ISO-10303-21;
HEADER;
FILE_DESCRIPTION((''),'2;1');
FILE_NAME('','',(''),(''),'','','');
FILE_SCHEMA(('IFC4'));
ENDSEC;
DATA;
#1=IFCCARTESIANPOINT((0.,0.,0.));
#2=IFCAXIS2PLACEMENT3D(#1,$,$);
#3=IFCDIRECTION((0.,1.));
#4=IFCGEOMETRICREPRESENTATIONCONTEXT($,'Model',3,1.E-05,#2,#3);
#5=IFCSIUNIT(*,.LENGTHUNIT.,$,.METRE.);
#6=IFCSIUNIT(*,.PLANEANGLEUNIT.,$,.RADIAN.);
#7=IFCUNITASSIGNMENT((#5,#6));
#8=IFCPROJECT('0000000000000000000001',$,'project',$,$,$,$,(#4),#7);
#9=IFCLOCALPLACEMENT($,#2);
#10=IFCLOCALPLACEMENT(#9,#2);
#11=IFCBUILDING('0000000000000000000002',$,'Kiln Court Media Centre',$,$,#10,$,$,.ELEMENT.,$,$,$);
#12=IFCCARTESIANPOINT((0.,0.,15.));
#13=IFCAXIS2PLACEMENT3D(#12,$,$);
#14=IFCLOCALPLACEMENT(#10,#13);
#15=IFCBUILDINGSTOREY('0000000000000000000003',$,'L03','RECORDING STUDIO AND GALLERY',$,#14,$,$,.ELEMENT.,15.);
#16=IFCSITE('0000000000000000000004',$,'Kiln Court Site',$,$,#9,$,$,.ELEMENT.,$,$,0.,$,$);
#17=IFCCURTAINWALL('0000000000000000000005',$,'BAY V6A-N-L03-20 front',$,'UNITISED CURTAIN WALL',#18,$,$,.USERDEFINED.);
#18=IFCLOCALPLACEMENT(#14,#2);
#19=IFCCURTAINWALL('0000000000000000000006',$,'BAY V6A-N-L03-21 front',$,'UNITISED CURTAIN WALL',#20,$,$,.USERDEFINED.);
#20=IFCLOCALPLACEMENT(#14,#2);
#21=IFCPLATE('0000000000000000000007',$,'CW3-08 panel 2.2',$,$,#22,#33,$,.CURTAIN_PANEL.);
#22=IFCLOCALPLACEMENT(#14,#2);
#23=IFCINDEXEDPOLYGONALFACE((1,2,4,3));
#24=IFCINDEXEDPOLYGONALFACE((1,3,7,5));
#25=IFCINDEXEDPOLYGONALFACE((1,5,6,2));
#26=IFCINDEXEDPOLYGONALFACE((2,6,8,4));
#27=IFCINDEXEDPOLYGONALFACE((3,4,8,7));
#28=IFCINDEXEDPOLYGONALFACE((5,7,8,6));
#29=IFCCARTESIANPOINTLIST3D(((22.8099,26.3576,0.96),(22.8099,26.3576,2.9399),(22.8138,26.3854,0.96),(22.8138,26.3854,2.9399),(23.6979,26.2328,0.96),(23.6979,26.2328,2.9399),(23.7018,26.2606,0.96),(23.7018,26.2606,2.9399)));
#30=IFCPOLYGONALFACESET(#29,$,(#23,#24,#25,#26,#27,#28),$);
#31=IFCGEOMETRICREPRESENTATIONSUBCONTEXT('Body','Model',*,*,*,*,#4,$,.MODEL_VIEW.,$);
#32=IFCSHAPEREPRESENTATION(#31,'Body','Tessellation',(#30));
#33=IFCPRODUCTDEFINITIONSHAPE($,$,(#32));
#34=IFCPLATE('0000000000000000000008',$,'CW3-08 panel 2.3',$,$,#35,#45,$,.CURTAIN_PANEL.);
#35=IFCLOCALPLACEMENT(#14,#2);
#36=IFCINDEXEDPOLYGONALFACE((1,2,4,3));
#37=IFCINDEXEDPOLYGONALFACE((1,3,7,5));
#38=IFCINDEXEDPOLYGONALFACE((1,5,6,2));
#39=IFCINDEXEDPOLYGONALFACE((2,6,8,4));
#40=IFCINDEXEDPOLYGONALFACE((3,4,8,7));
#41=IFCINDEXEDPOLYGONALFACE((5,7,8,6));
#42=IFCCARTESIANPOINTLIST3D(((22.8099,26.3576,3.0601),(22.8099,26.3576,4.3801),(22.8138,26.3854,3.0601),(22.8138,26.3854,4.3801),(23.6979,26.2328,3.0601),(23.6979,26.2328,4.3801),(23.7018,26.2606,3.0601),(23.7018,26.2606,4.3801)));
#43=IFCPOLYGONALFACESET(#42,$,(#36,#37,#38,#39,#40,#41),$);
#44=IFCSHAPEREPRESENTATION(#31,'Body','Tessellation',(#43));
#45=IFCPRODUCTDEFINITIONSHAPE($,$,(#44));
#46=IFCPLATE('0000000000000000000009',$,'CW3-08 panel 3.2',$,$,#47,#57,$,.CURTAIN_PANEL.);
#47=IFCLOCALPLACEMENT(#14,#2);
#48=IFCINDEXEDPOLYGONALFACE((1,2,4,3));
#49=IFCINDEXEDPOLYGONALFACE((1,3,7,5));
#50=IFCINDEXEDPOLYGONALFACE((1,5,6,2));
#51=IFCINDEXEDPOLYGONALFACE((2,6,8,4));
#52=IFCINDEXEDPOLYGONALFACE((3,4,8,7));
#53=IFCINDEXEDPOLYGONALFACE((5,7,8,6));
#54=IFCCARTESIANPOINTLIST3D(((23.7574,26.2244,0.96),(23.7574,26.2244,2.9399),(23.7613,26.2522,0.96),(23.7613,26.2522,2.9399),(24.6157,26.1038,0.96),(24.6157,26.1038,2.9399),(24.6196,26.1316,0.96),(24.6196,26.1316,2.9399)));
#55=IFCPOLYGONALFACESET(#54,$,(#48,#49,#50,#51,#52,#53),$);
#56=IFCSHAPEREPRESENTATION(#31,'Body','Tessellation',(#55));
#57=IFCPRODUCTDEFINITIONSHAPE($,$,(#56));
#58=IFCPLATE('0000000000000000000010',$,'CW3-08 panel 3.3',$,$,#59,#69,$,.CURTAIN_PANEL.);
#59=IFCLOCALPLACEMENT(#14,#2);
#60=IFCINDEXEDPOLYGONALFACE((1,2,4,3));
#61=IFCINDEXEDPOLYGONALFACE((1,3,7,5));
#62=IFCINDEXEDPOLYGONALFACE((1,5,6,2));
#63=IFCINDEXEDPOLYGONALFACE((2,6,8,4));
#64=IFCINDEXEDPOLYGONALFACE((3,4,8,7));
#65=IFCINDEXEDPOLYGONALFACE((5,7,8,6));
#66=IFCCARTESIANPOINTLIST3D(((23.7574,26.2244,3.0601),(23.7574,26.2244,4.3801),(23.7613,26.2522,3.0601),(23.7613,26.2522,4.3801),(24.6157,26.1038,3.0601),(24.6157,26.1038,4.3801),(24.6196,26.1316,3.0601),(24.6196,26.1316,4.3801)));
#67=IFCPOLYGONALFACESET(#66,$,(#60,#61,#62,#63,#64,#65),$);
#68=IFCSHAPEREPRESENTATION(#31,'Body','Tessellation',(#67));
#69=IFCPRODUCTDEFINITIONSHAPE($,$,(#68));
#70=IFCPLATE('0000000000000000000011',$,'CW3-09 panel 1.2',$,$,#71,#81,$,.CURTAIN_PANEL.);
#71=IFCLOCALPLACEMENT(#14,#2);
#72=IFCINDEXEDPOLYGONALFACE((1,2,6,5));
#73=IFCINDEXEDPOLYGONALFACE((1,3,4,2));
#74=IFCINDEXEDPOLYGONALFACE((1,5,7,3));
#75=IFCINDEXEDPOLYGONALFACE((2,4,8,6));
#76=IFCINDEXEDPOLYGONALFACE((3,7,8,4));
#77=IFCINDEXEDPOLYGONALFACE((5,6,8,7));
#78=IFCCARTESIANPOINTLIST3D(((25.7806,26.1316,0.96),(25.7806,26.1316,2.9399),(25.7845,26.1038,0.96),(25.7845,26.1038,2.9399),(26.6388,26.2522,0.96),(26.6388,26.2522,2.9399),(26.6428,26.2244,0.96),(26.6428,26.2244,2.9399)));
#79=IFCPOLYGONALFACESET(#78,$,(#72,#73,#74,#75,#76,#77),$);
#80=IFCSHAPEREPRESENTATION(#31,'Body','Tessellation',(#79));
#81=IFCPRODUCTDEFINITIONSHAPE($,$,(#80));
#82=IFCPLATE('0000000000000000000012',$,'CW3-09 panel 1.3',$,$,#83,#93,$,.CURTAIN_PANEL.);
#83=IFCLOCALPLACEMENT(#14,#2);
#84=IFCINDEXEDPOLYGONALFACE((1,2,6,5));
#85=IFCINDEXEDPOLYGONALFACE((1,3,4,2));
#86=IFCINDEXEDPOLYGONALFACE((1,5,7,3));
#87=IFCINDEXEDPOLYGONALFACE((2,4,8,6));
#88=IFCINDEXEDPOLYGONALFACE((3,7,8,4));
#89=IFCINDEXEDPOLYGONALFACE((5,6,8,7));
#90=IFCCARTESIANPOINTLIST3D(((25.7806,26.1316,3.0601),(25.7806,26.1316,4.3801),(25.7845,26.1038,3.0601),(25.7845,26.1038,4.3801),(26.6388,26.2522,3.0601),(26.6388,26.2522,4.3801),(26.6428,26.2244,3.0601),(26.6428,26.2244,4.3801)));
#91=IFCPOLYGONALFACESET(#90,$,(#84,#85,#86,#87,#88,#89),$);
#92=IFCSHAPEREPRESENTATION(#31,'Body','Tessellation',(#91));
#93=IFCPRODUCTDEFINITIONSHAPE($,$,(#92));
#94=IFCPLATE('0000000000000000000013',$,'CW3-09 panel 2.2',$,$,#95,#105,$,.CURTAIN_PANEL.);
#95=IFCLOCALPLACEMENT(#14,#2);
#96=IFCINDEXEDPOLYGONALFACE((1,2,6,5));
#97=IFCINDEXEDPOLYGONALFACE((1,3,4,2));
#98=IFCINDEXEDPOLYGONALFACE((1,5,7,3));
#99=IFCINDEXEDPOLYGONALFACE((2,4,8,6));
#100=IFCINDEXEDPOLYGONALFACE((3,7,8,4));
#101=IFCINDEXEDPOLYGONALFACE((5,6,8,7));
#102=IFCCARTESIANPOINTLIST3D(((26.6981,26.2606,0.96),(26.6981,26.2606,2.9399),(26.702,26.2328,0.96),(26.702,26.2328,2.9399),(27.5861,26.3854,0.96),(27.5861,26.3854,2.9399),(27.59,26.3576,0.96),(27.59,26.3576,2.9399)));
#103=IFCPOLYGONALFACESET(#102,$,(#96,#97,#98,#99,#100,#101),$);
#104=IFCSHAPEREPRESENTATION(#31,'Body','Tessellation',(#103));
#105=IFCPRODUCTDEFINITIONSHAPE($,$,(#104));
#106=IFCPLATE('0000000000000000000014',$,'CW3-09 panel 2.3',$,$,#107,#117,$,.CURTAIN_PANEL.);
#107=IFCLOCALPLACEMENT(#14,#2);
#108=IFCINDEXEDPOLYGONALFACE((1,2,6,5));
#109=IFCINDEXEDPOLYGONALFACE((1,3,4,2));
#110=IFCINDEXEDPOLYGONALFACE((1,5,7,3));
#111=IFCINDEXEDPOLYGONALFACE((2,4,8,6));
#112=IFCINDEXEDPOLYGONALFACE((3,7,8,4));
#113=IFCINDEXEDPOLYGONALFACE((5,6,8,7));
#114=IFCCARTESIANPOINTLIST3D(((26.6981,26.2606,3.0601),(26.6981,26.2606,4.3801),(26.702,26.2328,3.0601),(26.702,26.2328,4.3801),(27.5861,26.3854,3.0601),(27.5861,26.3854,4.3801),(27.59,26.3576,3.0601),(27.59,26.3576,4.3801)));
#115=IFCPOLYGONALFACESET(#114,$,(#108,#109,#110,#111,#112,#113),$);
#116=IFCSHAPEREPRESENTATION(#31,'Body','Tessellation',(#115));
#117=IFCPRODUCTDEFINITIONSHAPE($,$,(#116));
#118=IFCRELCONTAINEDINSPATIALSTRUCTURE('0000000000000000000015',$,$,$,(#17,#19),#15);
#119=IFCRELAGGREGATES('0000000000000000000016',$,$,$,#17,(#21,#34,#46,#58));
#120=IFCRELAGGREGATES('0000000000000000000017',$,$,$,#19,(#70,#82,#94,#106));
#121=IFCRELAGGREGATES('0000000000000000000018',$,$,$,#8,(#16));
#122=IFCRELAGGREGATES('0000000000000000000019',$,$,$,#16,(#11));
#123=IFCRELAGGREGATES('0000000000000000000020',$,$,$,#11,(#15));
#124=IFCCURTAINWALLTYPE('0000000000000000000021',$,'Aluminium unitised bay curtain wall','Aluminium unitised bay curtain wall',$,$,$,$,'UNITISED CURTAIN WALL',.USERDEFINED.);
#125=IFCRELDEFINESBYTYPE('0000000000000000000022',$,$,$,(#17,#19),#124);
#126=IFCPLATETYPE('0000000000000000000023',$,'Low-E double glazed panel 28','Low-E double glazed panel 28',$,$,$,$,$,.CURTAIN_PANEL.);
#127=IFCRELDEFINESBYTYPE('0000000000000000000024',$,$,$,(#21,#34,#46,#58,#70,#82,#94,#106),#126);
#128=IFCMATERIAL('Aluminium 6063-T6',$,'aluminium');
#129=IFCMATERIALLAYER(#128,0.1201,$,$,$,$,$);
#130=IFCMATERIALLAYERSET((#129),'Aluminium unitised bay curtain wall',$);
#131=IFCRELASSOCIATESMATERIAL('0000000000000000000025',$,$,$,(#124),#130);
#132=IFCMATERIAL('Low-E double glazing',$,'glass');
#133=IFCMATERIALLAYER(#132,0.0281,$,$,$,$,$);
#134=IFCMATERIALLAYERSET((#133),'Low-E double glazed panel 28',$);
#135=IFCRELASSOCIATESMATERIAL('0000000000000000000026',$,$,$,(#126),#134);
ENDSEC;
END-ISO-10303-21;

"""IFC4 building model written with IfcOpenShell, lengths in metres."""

from ifc_helpers import new_model, si_unit, direction, frame, origin, origin_2d, place, context, subcontext, project, spatial, rectangle, extrude, material, layer, layer_set, type_object, element, aggregate, save


model = new_model("IFC4")

# Units and contexts
model_context = context("Model", 3, precision=1e-05, world=origin(), true_north=direction((0.0, 1.0)))
body_context = subcontext(model_context, "Body", "Model", "MODEL_VIEW")
ifc_project = project(units=[si_unit("LENGTHUNIT", "METRE"), si_unit("PLANEANGLEUNIT", "RADIAN")], contexts=[model_context])

# Site, building, storey
site_placement = place(None, origin())
site = spatial("IfcSite", under=ifc_project, at=site_placement, Name="Kiln Court Site", CompositionType="ELEMENT", RefElevation=0.0)
building_placement = place(site_placement, origin())
building = spatial("IfcBuilding", under=site, at=building_placement, Name="Kiln Court Media Centre", CompositionType="ELEMENT")
storey_placement = place(building_placement, frame((0.0, 0.0, 15.0)))
storey = spatial("IfcBuildingStorey", under=building, at=storey_placement, Name="L03", Description="RECORDING STUDIO AND GALLERY", CompositionType="ELEMENT", Elevation=15.0)

# Curtain walls
ifc_material_1 = material(Name="Aluminium 6063-T6", Category="aluminium")
ifc_layer_1 = layer(ifc_material_1, 0.1201)
ifc_layer_set_1 = layer_set([ifc_layer_1], Name="Aluminium unitised bay curtain wall")
curtain_wall_type = type_object("IfcCurtainWallType", Name="Aluminium unitised bay curtain wall", Description="Aluminium unitised bay curtain wall", ElementType="UNITISED CURTAIN WALL", PredefinedType="USERDEFINED", material=ifc_layer_set_1)
curtain_wall_1_placement = place(storey_placement, origin())
curtain_wall_1 = element("IfcCurtainWall", 1, at=curtain_wall_1_placement, inside=storey, type_object=curtain_wall_type, Name="BAY V6A-N-L03-20 front", ObjectType="UNITISED CURTAIN WALL", PredefinedType="USERDEFINED")
curtain_wall_2_placement = place(storey_placement, origin())
curtain_wall_2 = element("IfcCurtainWall", 2, at=curtain_wall_2_placement, inside=storey, type_object=curtain_wall_type, Name="BAY V6A-N-L03-21 front", ObjectType="UNITISED CURTAIN WALL", PredefinedType="USERDEFINED")

# Plates
ifc_material_2 = material(Name="Low-E double glazing", Category="glass")
ifc_layer_2 = layer(ifc_material_2, 0.0281)
ifc_layer_set_2 = layer_set([ifc_layer_2], Name="Low-E double glazed panel 28")
plate_type = type_object("IfcPlateType", Name="Low-E double glazed panel 28", Description="Low-E double glazed panel 28", PredefinedType="CURTAIN_PANEL", material=ifc_layer_set_2)
plate_1_placement = place(storey_placement, frame((23.2559, 26.3091, 0.96), z_axis=(0.0, 0.0, 1.0), x_axis=(0.99027, -0.139162, 0.0)))
plate_1 = element("IfcPlate", 3, at=plate_1_placement, type_object=plate_type, Name="CW3-08 panel 2.2", PredefinedType="CURTAIN_PANEL", context=body_context, shape_type="SweptSolid", body=[
    extrude(rectangle(XDim=0.8967, YDim=0.0281, at=origin_2d()), origin(), (0.0, 0.0, 1.0), 1.98),
])
plate_2_placement = place(storey_placement, frame((23.2559, 26.3091, 3.0601), z_axis=(0.0, 0.0, 1.0), x_axis=(0.99027, -0.139162, 0.0)))
plate_2 = element("IfcPlate", 4, at=plate_2_placement, type_object=plate_type, Name="CW3-08 panel 2.3", PredefinedType="CURTAIN_PANEL", context=body_context, shape_type="SweptSolid", body=[
    extrude(rectangle(XDim=0.8967, YDim=0.0281, at=origin_2d()), origin(), (0.0, 0.0, 1.0), 1.3201),
])
plate_3_placement = place(storey_placement, frame((24.1885, 26.178, 0.96), z_axis=(0.0, 0.0, 1.0), x_axis=(0.99027, -0.139162, 0.0)))
plate_3 = element("IfcPlate", 5, at=plate_3_placement, type_object=plate_type, Name="CW3-08 panel 3.2", PredefinedType="CURTAIN_PANEL", context=body_context, shape_type="SweptSolid", body=[
    extrude(rectangle(XDim=0.8667, YDim=0.0281, at=origin_2d()), origin(), (0.0, 0.0, 1.0), 1.98),
])
plate_4_placement = place(storey_placement, frame((24.1885, 26.178, 3.0601), z_axis=(0.0, 0.0, 1.0), x_axis=(0.99027, -0.139162, 0.0)))
plate_4 = element("IfcPlate", 6, at=plate_4_placement, type_object=plate_type, Name="CW3-08 panel 3.3", PredefinedType="CURTAIN_PANEL", context=body_context, shape_type="SweptSolid", body=[
    extrude(rectangle(XDim=0.8667, YDim=0.0281, at=origin_2d()), origin(), (0.0, 0.0, 1.0), 1.3201),
])
aggregate(curtain_wall_1, [plate_1, plate_2, plate_3, plate_4])
plate_5_placement = place(storey_placement, frame((26.2117, 26.178, 0.96), z_axis=(0.0, 0.0, 1.0), x_axis=(0.99027, 0.139162, 0.0)))
plate_5 = element("IfcPlate", 7, at=plate_5_placement, type_object=plate_type, Name="CW3-09 panel 1.2", PredefinedType="CURTAIN_PANEL", context=body_context, shape_type="SweptSolid", body=[
    extrude(rectangle(XDim=0.8667, YDim=0.0281, at=origin_2d()), origin(), (0.0, 0.0, 1.0), 1.98),
])
plate_6_placement = place(storey_placement, frame((26.2117, 26.178, 3.0601), z_axis=(0.0, 0.0, 1.0), x_axis=(0.99027, 0.139162, 0.0)))
plate_6 = element("IfcPlate", 8, at=plate_6_placement, type_object=plate_type, Name="CW3-09 panel 1.3", PredefinedType="CURTAIN_PANEL", context=body_context, shape_type="SweptSolid", body=[
    extrude(rectangle(XDim=0.8667, YDim=0.0281, at=origin_2d()), origin(), (0.0, 0.0, 1.0), 1.3201),
])
plate_7_placement = place(storey_placement, frame((27.144, 26.3091, 0.96), z_axis=(0.0, 0.0, 1.0), x_axis=(0.99027, 0.139162, 0.0)))
plate_7 = element("IfcPlate", 9, at=plate_7_placement, type_object=plate_type, Name="CW3-09 panel 2.2", PredefinedType="CURTAIN_PANEL", context=body_context, shape_type="SweptSolid", body=[
    extrude(rectangle(XDim=0.8967, YDim=0.0281, at=origin_2d()), origin(), (0.0, 0.0, 1.0), 1.98),
])
plate_8_placement = place(storey_placement, frame((27.144, 26.3091, 3.0601), z_axis=(0.0, 0.0, 1.0), x_axis=(0.99027, 0.139162, 0.0)))
plate_8 = element("IfcPlate", 10, at=plate_8_placement, type_object=plate_type, Name="CW3-09 panel 2.3", PredefinedType="CURTAIN_PANEL", context=body_context, shape_type="SweptSolid", body=[
    extrude(rectangle(XDim=0.8967, YDim=0.0281, at=origin_2d()), origin(), (0.0, 0.0, 1.0), 1.3201),
])
aggregate(curtain_wall_2, [plate_5, plate_6, plate_7, plate_8])

save(model, "model.ifc")
